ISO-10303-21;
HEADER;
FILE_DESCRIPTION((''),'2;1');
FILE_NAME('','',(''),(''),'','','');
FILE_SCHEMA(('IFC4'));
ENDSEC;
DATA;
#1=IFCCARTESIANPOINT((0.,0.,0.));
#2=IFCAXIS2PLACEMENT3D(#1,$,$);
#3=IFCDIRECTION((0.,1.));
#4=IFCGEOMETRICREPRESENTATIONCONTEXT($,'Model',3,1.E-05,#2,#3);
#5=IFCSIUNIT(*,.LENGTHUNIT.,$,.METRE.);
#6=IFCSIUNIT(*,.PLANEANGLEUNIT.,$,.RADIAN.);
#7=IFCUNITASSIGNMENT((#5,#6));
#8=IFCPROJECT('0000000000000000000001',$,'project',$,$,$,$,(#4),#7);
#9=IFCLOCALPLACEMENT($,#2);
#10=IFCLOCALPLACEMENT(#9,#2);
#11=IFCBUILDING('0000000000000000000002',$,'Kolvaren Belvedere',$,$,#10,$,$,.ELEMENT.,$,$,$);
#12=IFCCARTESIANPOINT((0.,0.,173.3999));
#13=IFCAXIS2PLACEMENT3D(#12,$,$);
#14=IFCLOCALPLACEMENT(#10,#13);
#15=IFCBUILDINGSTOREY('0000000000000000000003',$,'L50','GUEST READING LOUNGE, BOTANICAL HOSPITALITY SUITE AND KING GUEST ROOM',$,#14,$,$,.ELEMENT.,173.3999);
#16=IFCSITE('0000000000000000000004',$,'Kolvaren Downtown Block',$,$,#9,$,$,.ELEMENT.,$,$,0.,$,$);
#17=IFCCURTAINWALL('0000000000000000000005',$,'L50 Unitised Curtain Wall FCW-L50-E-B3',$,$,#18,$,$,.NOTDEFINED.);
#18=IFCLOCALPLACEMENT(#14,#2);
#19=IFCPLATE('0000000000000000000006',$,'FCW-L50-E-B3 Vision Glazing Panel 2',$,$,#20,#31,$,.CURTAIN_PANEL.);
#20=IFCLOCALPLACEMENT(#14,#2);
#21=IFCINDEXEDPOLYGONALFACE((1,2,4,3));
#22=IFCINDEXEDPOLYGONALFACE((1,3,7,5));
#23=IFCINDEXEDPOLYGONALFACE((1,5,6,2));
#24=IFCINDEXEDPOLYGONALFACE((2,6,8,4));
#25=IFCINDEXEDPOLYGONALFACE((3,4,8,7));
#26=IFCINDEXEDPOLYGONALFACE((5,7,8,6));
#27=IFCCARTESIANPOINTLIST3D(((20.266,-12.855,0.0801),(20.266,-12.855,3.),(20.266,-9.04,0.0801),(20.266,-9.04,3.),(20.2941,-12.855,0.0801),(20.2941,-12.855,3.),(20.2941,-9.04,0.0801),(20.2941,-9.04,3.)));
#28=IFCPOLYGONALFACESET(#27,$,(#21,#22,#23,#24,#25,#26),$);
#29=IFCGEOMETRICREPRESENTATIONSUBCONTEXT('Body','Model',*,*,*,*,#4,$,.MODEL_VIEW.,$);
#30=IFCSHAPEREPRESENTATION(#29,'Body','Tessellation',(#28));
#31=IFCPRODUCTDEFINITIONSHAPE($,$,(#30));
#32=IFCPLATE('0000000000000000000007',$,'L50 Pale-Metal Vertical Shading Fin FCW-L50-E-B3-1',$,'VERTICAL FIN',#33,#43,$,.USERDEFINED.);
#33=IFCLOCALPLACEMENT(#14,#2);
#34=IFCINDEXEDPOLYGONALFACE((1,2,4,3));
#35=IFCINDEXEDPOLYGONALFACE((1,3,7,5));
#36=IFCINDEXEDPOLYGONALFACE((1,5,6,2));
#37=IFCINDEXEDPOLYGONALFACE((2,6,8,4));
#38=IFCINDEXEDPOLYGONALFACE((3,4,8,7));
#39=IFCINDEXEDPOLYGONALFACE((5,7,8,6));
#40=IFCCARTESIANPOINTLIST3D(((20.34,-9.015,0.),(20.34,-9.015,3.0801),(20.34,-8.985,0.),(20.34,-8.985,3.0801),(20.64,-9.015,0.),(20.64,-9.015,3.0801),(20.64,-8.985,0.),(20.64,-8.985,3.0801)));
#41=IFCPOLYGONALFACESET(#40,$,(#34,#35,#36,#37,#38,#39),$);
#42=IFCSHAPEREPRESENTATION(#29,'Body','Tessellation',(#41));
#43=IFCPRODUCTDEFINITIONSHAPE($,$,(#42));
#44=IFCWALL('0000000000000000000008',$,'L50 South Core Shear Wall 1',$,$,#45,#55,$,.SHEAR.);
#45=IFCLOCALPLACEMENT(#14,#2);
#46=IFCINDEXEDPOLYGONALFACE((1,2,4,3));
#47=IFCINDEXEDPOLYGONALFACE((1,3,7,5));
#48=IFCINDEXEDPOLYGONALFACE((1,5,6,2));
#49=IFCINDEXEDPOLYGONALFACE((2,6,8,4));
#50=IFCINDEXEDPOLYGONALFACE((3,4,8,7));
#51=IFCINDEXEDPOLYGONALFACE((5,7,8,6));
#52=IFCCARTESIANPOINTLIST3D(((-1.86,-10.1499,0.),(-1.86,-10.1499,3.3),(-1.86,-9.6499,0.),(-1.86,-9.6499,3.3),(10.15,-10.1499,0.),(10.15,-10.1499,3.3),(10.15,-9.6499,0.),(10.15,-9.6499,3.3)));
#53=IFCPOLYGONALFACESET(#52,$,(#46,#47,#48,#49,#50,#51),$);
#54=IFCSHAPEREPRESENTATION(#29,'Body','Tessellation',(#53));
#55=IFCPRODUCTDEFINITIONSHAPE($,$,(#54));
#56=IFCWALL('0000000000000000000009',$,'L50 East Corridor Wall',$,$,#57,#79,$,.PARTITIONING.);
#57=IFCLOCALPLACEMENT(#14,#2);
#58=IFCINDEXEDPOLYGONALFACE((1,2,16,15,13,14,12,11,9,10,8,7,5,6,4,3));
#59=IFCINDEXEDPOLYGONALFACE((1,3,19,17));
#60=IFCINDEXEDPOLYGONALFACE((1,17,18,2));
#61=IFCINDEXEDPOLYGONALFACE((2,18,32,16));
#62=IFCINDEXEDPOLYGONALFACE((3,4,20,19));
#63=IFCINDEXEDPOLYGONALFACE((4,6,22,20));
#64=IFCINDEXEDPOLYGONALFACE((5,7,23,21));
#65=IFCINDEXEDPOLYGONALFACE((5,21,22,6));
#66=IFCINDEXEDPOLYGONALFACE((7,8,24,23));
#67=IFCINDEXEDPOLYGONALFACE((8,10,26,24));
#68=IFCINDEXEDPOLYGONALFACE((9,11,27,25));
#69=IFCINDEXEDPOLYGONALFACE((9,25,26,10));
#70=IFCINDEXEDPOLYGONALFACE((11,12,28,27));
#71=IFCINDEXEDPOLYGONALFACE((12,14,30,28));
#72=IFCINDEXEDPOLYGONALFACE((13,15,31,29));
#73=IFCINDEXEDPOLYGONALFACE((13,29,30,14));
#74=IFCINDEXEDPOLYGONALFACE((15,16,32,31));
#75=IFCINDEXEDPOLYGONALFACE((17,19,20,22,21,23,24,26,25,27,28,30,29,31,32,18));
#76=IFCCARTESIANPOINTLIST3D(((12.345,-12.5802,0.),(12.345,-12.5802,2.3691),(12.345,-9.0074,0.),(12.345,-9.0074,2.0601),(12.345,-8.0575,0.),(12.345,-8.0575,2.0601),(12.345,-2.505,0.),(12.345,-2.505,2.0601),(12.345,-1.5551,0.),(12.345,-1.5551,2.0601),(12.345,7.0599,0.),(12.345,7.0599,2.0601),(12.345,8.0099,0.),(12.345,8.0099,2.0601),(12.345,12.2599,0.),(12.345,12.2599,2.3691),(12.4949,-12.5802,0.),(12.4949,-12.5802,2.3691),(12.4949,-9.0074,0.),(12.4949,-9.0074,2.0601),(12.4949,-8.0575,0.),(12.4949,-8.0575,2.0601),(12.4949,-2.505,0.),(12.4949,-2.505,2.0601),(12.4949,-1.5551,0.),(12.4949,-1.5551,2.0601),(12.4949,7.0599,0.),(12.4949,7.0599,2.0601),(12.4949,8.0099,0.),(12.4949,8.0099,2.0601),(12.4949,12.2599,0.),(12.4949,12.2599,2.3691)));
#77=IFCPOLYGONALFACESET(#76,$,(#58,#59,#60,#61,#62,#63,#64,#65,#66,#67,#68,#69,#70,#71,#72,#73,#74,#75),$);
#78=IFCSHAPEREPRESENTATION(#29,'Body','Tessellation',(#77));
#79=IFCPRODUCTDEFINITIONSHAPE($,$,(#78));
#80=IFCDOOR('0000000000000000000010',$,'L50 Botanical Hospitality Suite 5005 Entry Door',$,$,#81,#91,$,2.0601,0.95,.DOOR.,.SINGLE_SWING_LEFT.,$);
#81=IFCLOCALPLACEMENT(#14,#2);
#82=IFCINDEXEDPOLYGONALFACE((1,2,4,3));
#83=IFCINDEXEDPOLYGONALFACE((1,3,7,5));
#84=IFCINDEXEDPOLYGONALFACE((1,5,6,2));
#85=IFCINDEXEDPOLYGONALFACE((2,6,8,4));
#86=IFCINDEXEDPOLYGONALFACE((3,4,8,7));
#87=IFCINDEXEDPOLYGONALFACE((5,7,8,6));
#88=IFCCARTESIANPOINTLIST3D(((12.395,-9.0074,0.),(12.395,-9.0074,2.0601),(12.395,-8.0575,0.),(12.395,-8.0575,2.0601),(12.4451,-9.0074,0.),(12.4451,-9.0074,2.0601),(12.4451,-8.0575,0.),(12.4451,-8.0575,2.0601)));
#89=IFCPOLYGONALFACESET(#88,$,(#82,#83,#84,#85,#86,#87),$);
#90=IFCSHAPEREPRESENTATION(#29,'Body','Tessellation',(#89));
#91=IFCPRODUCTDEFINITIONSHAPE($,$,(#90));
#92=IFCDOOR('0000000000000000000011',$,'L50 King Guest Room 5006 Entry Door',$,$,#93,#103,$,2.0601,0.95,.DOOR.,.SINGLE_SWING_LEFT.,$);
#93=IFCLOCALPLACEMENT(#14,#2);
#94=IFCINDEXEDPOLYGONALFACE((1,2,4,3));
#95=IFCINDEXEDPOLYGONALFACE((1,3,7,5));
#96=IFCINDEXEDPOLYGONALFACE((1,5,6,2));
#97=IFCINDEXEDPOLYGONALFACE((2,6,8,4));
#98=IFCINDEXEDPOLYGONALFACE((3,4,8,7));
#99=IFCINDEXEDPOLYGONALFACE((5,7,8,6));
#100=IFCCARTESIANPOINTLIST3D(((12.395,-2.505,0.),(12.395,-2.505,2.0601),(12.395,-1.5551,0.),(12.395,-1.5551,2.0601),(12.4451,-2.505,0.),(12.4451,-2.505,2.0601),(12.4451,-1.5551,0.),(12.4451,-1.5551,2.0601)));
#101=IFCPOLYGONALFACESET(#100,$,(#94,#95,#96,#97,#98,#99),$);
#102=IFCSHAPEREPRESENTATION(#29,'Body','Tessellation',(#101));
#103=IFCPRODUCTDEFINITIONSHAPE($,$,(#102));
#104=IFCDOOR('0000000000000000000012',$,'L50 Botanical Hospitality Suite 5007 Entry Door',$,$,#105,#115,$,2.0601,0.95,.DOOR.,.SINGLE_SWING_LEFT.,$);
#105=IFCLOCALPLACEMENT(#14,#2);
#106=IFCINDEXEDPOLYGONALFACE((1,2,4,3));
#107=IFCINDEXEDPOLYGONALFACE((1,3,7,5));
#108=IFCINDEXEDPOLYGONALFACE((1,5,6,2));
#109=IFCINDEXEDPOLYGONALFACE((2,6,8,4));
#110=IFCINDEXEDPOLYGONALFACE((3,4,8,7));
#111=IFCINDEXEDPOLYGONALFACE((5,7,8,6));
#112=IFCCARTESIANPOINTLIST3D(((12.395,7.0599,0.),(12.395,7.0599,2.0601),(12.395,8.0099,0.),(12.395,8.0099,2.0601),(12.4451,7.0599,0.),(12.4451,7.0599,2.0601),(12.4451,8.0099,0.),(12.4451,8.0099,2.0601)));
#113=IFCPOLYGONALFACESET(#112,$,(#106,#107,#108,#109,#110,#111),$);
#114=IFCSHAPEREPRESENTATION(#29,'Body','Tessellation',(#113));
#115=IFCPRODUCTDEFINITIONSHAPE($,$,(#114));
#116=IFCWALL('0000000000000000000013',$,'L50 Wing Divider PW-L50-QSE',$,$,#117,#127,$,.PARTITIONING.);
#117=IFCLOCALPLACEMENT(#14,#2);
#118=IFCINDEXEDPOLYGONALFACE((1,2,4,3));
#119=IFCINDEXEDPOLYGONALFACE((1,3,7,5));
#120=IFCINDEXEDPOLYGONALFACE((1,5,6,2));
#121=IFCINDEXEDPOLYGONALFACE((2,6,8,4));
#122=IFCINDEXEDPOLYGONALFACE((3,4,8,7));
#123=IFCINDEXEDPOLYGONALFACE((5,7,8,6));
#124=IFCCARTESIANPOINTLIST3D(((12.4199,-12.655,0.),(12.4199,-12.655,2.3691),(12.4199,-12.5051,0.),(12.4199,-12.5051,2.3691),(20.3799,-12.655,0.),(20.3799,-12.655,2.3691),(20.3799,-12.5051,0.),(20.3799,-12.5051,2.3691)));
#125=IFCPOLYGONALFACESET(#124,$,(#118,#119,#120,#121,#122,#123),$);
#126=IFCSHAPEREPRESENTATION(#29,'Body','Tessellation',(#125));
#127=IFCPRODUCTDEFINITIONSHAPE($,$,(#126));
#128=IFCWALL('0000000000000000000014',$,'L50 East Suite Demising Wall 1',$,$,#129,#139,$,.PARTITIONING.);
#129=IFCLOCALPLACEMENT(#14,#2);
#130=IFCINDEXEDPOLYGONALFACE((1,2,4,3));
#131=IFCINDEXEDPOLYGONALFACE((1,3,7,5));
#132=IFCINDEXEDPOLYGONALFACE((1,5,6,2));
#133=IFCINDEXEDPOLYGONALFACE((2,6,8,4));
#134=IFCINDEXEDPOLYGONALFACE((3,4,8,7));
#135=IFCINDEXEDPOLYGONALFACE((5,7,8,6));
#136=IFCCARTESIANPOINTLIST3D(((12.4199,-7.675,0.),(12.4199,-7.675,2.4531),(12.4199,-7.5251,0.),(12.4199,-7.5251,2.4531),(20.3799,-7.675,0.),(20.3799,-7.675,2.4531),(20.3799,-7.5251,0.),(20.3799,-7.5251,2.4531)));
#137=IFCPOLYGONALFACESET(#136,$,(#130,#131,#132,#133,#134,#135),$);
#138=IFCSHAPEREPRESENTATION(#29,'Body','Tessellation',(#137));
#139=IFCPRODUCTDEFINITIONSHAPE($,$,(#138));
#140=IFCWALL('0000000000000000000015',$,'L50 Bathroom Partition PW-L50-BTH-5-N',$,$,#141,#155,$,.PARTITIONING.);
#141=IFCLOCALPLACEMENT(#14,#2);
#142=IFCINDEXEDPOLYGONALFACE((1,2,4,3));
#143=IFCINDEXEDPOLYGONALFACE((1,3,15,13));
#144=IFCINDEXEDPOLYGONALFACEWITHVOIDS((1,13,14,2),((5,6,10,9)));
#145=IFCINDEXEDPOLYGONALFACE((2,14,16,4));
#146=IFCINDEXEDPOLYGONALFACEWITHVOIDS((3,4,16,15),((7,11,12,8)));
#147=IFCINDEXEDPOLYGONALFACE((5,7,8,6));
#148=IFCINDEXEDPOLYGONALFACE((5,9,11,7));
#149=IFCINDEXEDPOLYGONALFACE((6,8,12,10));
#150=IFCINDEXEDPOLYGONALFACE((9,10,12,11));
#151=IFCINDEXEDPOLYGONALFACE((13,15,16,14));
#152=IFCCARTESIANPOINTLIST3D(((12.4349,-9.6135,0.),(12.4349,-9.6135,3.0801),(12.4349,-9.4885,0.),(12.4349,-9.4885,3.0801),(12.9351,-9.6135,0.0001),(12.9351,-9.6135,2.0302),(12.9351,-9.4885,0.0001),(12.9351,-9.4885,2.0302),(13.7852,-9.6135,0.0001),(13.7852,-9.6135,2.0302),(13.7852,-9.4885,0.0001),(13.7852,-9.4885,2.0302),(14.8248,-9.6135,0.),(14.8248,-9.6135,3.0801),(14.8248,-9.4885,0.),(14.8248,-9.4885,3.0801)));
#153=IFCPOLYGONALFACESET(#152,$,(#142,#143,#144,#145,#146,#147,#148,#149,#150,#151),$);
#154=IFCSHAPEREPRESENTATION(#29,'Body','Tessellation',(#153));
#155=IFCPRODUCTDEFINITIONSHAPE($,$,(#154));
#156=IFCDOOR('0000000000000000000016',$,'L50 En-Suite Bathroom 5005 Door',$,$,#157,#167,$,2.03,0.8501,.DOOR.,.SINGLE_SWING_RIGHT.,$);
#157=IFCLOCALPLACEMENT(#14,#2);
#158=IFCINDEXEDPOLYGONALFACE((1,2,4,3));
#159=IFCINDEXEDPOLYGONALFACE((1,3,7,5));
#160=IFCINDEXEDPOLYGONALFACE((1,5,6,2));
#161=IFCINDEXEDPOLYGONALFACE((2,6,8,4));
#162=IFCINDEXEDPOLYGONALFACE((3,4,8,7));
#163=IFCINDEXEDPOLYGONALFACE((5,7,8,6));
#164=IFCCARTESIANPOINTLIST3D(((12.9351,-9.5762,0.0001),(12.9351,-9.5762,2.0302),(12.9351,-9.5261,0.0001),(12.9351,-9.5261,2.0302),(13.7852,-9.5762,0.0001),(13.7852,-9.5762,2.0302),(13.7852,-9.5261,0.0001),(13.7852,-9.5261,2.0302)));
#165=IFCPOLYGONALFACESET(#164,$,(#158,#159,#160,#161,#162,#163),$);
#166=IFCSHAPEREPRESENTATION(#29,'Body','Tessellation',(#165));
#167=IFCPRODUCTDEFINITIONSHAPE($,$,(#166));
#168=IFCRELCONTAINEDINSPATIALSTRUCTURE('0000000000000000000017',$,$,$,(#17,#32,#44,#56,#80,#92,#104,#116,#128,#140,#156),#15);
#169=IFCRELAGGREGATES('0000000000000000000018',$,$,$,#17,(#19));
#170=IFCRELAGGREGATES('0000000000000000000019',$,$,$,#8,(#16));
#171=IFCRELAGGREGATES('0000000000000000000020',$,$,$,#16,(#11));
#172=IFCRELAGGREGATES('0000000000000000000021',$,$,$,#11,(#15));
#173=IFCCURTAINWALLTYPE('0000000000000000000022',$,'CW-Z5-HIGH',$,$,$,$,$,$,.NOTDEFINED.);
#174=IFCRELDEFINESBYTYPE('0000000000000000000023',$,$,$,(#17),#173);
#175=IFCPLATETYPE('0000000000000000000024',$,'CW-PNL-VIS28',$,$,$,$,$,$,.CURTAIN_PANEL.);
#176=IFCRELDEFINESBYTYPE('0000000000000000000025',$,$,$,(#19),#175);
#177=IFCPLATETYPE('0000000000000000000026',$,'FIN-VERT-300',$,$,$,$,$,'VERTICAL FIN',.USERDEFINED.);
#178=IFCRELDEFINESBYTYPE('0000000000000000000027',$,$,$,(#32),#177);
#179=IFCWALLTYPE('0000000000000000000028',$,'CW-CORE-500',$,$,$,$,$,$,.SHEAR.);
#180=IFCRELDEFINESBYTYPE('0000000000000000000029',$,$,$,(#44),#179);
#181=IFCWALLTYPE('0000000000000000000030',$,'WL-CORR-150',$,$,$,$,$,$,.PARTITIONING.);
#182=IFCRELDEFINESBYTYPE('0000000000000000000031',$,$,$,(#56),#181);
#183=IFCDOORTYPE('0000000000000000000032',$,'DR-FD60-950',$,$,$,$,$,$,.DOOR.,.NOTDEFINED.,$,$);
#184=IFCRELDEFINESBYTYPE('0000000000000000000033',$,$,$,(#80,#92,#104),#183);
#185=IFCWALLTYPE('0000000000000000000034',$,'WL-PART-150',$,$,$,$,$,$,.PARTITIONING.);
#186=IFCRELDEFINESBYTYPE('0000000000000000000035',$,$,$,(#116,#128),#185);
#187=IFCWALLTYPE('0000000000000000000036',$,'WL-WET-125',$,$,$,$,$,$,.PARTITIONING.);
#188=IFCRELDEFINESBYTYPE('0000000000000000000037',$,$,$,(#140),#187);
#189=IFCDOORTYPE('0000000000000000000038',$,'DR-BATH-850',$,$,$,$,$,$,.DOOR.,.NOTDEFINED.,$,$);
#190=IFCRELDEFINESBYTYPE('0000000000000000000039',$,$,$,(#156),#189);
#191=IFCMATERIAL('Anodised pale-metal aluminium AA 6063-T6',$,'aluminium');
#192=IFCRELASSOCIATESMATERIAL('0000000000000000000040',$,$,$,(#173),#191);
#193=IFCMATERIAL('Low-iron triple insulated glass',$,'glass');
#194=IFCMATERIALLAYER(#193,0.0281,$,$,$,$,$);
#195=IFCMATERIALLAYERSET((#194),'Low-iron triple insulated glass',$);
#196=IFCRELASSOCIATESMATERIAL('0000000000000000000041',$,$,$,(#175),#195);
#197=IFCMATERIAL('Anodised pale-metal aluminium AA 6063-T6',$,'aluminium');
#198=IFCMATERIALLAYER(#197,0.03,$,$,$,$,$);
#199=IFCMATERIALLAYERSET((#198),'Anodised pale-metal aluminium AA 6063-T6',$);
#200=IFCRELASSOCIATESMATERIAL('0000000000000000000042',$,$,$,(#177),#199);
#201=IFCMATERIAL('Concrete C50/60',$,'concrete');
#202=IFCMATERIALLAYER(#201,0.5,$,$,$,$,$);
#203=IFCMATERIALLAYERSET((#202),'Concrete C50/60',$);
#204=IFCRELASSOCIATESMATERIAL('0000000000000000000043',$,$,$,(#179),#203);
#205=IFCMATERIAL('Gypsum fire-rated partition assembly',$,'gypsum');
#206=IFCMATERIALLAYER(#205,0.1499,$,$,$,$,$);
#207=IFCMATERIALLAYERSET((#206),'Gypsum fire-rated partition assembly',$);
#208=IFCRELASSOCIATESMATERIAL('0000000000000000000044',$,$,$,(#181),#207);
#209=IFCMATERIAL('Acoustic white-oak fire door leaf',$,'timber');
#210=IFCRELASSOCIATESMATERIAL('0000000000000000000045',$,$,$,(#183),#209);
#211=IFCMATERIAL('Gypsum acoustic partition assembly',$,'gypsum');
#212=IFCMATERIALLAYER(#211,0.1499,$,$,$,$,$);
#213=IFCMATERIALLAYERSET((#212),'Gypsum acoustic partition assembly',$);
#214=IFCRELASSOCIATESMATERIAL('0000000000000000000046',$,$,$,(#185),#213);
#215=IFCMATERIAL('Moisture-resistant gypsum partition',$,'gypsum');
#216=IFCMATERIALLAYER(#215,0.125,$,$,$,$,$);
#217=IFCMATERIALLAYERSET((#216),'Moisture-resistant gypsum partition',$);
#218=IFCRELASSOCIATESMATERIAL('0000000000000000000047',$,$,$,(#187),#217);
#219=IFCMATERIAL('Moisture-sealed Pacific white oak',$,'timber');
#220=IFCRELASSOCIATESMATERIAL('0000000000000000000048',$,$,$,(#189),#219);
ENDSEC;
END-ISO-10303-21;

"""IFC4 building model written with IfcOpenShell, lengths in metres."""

from ifc_helpers import new_model, si_unit, direction, frame, frame_2d, origin, origin_2d, place, context, subcontext, project, spatial, rectangle, extrude, material, layer, layer_set, type_object, element, fill, aggregate, save


model = new_model("IFC4")

# Units and contexts
model_context = context("Model", 3, precision=1e-05, world=origin(), true_north=direction((0.0, 1.0)))
body_context = subcontext(model_context, "Body", "Model", "MODEL_VIEW")
ifc_project = project(units=[si_unit("LENGTHUNIT", "METRE"), si_unit("PLANEANGLEUNIT", "RADIAN")], contexts=[model_context])

# Site, building, storey
site_placement = place(None, origin())
site = spatial("IfcSite", under=ifc_project, at=site_placement, Name="Kolvaren Downtown Block", CompositionType="ELEMENT", RefElevation=0.0)
building_placement = place(site_placement, origin())
building = spatial("IfcBuilding", under=site, at=building_placement, Name="Kolvaren Belvedere", CompositionType="ELEMENT")
storey_placement = place(building_placement, frame((0.0, 0.0, 173.3999)))
storey = spatial("IfcBuildingStorey", under=building, at=storey_placement, Name="L50", Description="GUEST READING LOUNGE, BOTANICAL HOSPITALITY SUITE AND KING GUEST ROOM", CompositionType="ELEMENT", Elevation=173.3999)

# Shared definitions
ifc_material_1 = material(Name="Anodised pale-metal aluminium AA 6063-T6", Category="aluminium")
curtain_wall_type = type_object("IfcCurtainWallType", Name="CW-Z5-HIGH", PredefinedType="NOTDEFINED", material=ifc_material_1)

# Curtain wall
curtain_wall_1_placement = place(storey_placement, origin())
curtain_wall_1 = element("IfcCurtainWall", 1, at=curtain_wall_1_placement, inside=storey, type_object=curtain_wall_type, Name="L50 Unitised Curtain Wall FCW-L50-E-B3", PredefinedType="NOTDEFINED")

# Plates
ifc_material_2 = material(Name="Low-iron triple insulated glass", Category="glass")
ifc_layer_1 = layer(ifc_material_2, 0.0281)
ifc_layer_set_1 = layer_set([ifc_layer_1], Name="Low-iron triple insulated glass")
plate_type_1 = type_object("IfcPlateType", Name="CW-PNL-VIS28", PredefinedType="CURTAIN_PANEL", material=ifc_layer_set_1)
plate_1_placement = place(storey_placement, frame((20.28, -10.9475, 0.0801), z_axis=(0.0, 0.0, 1.0), x_axis=(0.0, -1.0, 0.0)))
plate_1 = element("IfcPlate", 2, at=plate_1_placement, type_object=plate_type_1, Name="FCW-L50-E-B3 Vision Glazing Panel 2", PredefinedType="CURTAIN_PANEL", context=body_context, shape_type="SweptSolid", body=[
    extrude(rectangle(XDim=3.8149, YDim=0.0281, at=origin_2d()), origin(), (0.0, 0.0, 1.0), 2.9199),
])
aggregate(curtain_wall_1, [plate_1])
ifc_material_3 = material(Name="Anodised pale-metal aluminium AA 6063-T6", Category="aluminium")
ifc_layer_2 = layer(ifc_material_3, 0.03)
ifc_layer_set_2 = layer_set([ifc_layer_2], Name="Anodised pale-metal aluminium AA 6063-T6")
plate_type_2 = type_object("IfcPlateType", Name="FIN-VERT-300", ElementType="VERTICAL FIN", PredefinedType="USERDEFINED", material=ifc_layer_set_2)
plate_2_placement = place(storey_placement, frame((20.49, -9.0, 0.0), z_axis=(0.0, 0.0, 1.0), x_axis=(1.0, 0.0, 0.0)))
element("IfcPlate", 3, at=plate_2_placement, inside=storey, type_object=plate_type_2, Name="L50 Pale-Metal Vertical Shading Fin FCW-L50-E-B3-1", ObjectType="VERTICAL FIN", PredefinedType="USERDEFINED", context=body_context, shape_type="SweptSolid", body=[
    extrude(rectangle(XDim=0.3, YDim=0.03, at=origin_2d()), origin(), (0.0, 0.0, 1.0), 3.0801),
])

# Wall
ifc_material_4 = material(Name="Concrete C50/60", Category="concrete")
ifc_layer_3 = layer(ifc_material_4, 0.5)
ifc_layer_set_3 = layer_set([ifc_layer_3], Name="Concrete C50/60")
wall_type_1 = type_object("IfcWallType", Name="CW-CORE-500", PredefinedType="SHEAR", material=ifc_layer_set_3)
wall_1_placement = place(storey_placement, frame((10.1499, -9.8999, 0.0), z_axis=(0.0, 0.0, 1.0), x_axis=(-1.0, 0.0, 0.0)))
element("IfcWall", 4, at=wall_1_placement, inside=storey, type_object=wall_type_1, Name="L50 South Core Shear Wall 1", PredefinedType="SHEAR", context=body_context, shape_type="SweptSolid", body=[
    extrude(rectangle(XDim=12.01, YDim=0.5, at=frame_2d((6.0049, 0.0))), origin(), (0.0, 0.0, 1.0), 3.3),
])

# Wall, openings, doors
ifc_material_5 = material(Name="Gypsum fire-rated partition assembly", Category="gypsum")
ifc_layer_4 = layer(ifc_material_5, 0.1499)
ifc_layer_set_4 = layer_set([ifc_layer_4], Name="Gypsum fire-rated partition assembly")
wall_type_2 = type_object("IfcWallType", Name="WL-CORR-150", PredefinedType="PARTITIONING", material=ifc_layer_set_4)
wall_2_placement = place(storey_placement, frame((12.4199, -12.5801, 0.0), z_axis=(0.0, 0.0, 1.0), x_axis=(0.0, 1.0, 0.0)))
wall_2 = element("IfcWall", 5, at=wall_2_placement, inside=storey, type_object=wall_type_2, Name="L50 East Corridor Wall", PredefinedType="PARTITIONING", context=body_context, shape_type="SweptSolid", body=[
    extrude(rectangle(XDim=24.8401, YDim=0.1499, at=frame_2d((12.4199, 0.0))), origin(), (0.0, 0.0, 1.0), 2.3691),
])
opening_1_placement = place(wall_2_placement, frame((3.5725, 0.0, 0.0)))
opening_1 = element("IfcOpeningElement", 6, at=opening_1_placement, cuts=wall_2, PredefinedType="OPENING", context=body_context, shape_type="SweptSolid", body=[
    extrude(rectangle(XDim=0.95, YDim=2.0601, at=frame_2d((0.4751, 1.03))), frame((0.0, 0.085, 0.0), z_axis=(0.0, -1.0, 0.0), x_axis=(1.0, 0.0, 0.0)), (0.0, 0.0, 1.0), 0.1699),
])
opening_2_placement = place(wall_2_placement, frame((10.075, 0.0, 0.0)))
opening_2 = element("IfcOpeningElement", 7, at=opening_2_placement, cuts=wall_2, PredefinedType="OPENING", context=body_context, shape_type="SweptSolid", body=[
    extrude(rectangle(XDim=0.95, YDim=2.0601, at=frame_2d((0.4751, 1.03))), frame((0.0, 0.085, 0.0), z_axis=(0.0, -1.0, 0.0), x_axis=(1.0, 0.0, 0.0)), (0.0, 0.0, 1.0), 0.1699),
])
opening_3_placement = place(wall_2_placement, frame((19.6399, 0.0, 0.0)))
opening_3 = element("IfcOpeningElement", 8, at=opening_3_placement, cuts=wall_2, PredefinedType="OPENING", context=body_context, shape_type="SweptSolid", body=[
    extrude(rectangle(XDim=0.95, YDim=2.0601, at=frame_2d((0.4751, 1.03))), frame((0.0, 0.085, 0.0), z_axis=(0.0, -1.0, 0.0), x_axis=(1.0, 0.0, 0.0)), (0.0, 0.0, 1.0), 0.1699),
])
ifc_material_6 = material(Name="Acoustic white-oak fire door leaf", Category="timber")
door_type_1 = type_object("IfcDoorType", Name="DR-FD60-950", OperationType="NOTDEFINED", PredefinedType="DOOR", material=ifc_material_6)
door_1_placement = place(opening_1_placement, origin())
door_1 = element("IfcDoor", 9, at=door_1_placement, inside=storey, type_object=door_type_1, Name="L50 Botanical Hospitality Suite 5005 Entry Door", OperationType="SINGLE_SWING_LEFT", OverallHeight=2.0601, OverallWidth=0.95, PredefinedType="DOOR", context=body_context, shape_type="SweptSolid", body=[
    extrude(rectangle(XDim=0.95, YDim=2.0601, at=frame_2d((0.4751, 1.03))), frame((0.0, 0.0249, 0.0), z_axis=(0.0, -1.0, 0.0), x_axis=(1.0, 0.0, 0.0)), (0.0, 0.0, 1.0), 0.05),
])
fill(opening_1, door_1)
door_2_placement = place(opening_2_placement, origin())
door_2 = element("IfcDoor", 10, at=door_2_placement, inside=storey, type_object=door_type_1, Name="L50 King Guest Room 5006 Entry Door", OperationType="SINGLE_SWING_LEFT", OverallHeight=2.0601, OverallWidth=0.95, PredefinedType="DOOR", context=body_context, shape_type="SweptSolid", body=[
    extrude(rectangle(XDim=0.95, YDim=2.0601, at=frame_2d((0.4751, 1.03))), frame((0.0, 0.0249, 0.0), z_axis=(0.0, -1.0, 0.0), x_axis=(1.0, 0.0, 0.0)), (0.0, 0.0, 1.0), 0.05),
])
fill(opening_2, door_2)
door_3_placement = place(opening_3_placement, origin())
door_3 = element("IfcDoor", 11, at=door_3_placement, inside=storey, type_object=door_type_1, Name="L50 Botanical Hospitality Suite 5007 Entry Door", OperationType="SINGLE_SWING_LEFT", OverallHeight=2.0601, OverallWidth=0.95, PredefinedType="DOOR", context=body_context, shape_type="SweptSolid", body=[
    extrude(rectangle(XDim=0.95, YDim=2.0601, at=frame_2d((0.4751, 1.03))), frame((0.0, 0.0249, 0.0), z_axis=(0.0, -1.0, 0.0), x_axis=(1.0, 0.0, 0.0)), (0.0, 0.0, 1.0), 0.05),
])
fill(opening_3, door_3)

# Walls
ifc_material_7 = material(Name="Gypsum acoustic partition assembly", Category="gypsum")
ifc_layer_5 = layer(ifc_material_7, 0.1499)
ifc_layer_set_5 = layer_set([ifc_layer_5], Name="Gypsum acoustic partition assembly")
wall_type_3 = type_object("IfcWallType", Name="WL-PART-150", PredefinedType="PARTITIONING", material=ifc_layer_set_5)
wall_3_placement = place(storey_placement, frame((12.4199, -12.5801, 0.0), z_axis=(0.0, 0.0, 1.0), x_axis=(1.0, 0.0, 0.0)))
element("IfcWall", 12, at=wall_3_placement, inside=storey, type_object=wall_type_3, Name="L50 Wing Divider PW-L50-QSE", PredefinedType="PARTITIONING", context=body_context, shape_type="SweptSolid", body=[
    extrude(rectangle(XDim=7.96, YDim=0.1499, at=frame_2d((3.98, 0.0))), origin(), (0.0, 0.0, 1.0), 2.3691),
])
wall_4_placement = place(storey_placement, frame((12.4199, -7.6001, 0.0), z_axis=(0.0, 0.0, 1.0), x_axis=(1.0, 0.0, 0.0)))
element("IfcWall", 13, at=wall_4_placement, inside=storey, type_object=wall_type_3, Name="L50 East Suite Demising Wall 1", PredefinedType="PARTITIONING", context=body_context, shape_type="SweptSolid", body=[
    extrude(rectangle(XDim=7.96, YDim=0.1499, at=frame_2d((3.98, 0.0))), origin(), (0.0, 0.0, 1.0), 2.4531),
])

# Wall, opening, door
ifc_material_8 = material(Name="Moisture-resistant gypsum partition", Category="gypsum")
ifc_layer_6 = layer(ifc_material_8, 0.125)
ifc_layer_set_6 = layer_set([ifc_layer_6], Name="Moisture-resistant gypsum partition")
wall_type_4 = type_object("IfcWallType", Name="WL-WET-125", PredefinedType="PARTITIONING", material=ifc_layer_set_6)
wall_5_placement = place(storey_placement, frame((12.4351, -9.551, 0.0), z_axis=(0.0, 0.0, 1.0), x_axis=(1.0, 0.0, 0.0)))
wall_5 = element("IfcWall", 14, at=wall_5_placement, inside=storey, type_object=wall_type_4, Name="L50 Bathroom Partition PW-L50-BTH-5-N", PredefinedType="PARTITIONING", context=body_context, shape_type="SweptSolid", body=[
    extrude(rectangle(XDim=2.3899, YDim=0.125, at=frame_2d((1.1948, 0.0))), origin(), (0.0, 0.0, 1.0), 3.0801),
])
opening_4_placement = place(wall_5_placement, frame((0.5, 0.0, 0.0)))
opening_4 = element("IfcOpeningElement", 15, at=opening_4_placement, cuts=wall_5, PredefinedType="OPENING", context=body_context, shape_type="SweptSolid", body=[
    extrude(rectangle(XDim=0.8501, YDim=2.03, at=frame_2d((0.425, 1.0151))), frame((0.0, 0.0725, 0.0), z_axis=(0.0, -1.0, 0.0), x_axis=(1.0, 0.0, 0.0)), (0.0, 0.0, 1.0), 0.145),
])
ifc_material_9 = material(Name="Moisture-sealed Pacific white oak", Category="timber")
door_type_2 = type_object("IfcDoorType", Name="DR-BATH-850", OperationType="NOTDEFINED", PredefinedType="DOOR", material=ifc_material_9)
door_4_placement = place(opening_4_placement, origin())
door_4 = element("IfcDoor", 16, at=door_4_placement, inside=storey, type_object=door_type_2, Name="L50 En-Suite Bathroom 5005 Door", OperationType="SINGLE_SWING_RIGHT", OverallHeight=2.03, OverallWidth=0.8501, PredefinedType="DOOR", context=body_context, shape_type="SweptSolid", body=[
    extrude(rectangle(XDim=0.8501, YDim=2.03, at=frame_2d((0.425, 1.0151))), frame((0.0, 0.0249, 0.0), z_axis=(0.0, -1.0, 0.0), x_axis=(1.0, 0.0, 0.0)), (0.0, 0.0, 1.0), 0.05),
])
fill(opening_4, door_4)

save(model, "model.ifc")
